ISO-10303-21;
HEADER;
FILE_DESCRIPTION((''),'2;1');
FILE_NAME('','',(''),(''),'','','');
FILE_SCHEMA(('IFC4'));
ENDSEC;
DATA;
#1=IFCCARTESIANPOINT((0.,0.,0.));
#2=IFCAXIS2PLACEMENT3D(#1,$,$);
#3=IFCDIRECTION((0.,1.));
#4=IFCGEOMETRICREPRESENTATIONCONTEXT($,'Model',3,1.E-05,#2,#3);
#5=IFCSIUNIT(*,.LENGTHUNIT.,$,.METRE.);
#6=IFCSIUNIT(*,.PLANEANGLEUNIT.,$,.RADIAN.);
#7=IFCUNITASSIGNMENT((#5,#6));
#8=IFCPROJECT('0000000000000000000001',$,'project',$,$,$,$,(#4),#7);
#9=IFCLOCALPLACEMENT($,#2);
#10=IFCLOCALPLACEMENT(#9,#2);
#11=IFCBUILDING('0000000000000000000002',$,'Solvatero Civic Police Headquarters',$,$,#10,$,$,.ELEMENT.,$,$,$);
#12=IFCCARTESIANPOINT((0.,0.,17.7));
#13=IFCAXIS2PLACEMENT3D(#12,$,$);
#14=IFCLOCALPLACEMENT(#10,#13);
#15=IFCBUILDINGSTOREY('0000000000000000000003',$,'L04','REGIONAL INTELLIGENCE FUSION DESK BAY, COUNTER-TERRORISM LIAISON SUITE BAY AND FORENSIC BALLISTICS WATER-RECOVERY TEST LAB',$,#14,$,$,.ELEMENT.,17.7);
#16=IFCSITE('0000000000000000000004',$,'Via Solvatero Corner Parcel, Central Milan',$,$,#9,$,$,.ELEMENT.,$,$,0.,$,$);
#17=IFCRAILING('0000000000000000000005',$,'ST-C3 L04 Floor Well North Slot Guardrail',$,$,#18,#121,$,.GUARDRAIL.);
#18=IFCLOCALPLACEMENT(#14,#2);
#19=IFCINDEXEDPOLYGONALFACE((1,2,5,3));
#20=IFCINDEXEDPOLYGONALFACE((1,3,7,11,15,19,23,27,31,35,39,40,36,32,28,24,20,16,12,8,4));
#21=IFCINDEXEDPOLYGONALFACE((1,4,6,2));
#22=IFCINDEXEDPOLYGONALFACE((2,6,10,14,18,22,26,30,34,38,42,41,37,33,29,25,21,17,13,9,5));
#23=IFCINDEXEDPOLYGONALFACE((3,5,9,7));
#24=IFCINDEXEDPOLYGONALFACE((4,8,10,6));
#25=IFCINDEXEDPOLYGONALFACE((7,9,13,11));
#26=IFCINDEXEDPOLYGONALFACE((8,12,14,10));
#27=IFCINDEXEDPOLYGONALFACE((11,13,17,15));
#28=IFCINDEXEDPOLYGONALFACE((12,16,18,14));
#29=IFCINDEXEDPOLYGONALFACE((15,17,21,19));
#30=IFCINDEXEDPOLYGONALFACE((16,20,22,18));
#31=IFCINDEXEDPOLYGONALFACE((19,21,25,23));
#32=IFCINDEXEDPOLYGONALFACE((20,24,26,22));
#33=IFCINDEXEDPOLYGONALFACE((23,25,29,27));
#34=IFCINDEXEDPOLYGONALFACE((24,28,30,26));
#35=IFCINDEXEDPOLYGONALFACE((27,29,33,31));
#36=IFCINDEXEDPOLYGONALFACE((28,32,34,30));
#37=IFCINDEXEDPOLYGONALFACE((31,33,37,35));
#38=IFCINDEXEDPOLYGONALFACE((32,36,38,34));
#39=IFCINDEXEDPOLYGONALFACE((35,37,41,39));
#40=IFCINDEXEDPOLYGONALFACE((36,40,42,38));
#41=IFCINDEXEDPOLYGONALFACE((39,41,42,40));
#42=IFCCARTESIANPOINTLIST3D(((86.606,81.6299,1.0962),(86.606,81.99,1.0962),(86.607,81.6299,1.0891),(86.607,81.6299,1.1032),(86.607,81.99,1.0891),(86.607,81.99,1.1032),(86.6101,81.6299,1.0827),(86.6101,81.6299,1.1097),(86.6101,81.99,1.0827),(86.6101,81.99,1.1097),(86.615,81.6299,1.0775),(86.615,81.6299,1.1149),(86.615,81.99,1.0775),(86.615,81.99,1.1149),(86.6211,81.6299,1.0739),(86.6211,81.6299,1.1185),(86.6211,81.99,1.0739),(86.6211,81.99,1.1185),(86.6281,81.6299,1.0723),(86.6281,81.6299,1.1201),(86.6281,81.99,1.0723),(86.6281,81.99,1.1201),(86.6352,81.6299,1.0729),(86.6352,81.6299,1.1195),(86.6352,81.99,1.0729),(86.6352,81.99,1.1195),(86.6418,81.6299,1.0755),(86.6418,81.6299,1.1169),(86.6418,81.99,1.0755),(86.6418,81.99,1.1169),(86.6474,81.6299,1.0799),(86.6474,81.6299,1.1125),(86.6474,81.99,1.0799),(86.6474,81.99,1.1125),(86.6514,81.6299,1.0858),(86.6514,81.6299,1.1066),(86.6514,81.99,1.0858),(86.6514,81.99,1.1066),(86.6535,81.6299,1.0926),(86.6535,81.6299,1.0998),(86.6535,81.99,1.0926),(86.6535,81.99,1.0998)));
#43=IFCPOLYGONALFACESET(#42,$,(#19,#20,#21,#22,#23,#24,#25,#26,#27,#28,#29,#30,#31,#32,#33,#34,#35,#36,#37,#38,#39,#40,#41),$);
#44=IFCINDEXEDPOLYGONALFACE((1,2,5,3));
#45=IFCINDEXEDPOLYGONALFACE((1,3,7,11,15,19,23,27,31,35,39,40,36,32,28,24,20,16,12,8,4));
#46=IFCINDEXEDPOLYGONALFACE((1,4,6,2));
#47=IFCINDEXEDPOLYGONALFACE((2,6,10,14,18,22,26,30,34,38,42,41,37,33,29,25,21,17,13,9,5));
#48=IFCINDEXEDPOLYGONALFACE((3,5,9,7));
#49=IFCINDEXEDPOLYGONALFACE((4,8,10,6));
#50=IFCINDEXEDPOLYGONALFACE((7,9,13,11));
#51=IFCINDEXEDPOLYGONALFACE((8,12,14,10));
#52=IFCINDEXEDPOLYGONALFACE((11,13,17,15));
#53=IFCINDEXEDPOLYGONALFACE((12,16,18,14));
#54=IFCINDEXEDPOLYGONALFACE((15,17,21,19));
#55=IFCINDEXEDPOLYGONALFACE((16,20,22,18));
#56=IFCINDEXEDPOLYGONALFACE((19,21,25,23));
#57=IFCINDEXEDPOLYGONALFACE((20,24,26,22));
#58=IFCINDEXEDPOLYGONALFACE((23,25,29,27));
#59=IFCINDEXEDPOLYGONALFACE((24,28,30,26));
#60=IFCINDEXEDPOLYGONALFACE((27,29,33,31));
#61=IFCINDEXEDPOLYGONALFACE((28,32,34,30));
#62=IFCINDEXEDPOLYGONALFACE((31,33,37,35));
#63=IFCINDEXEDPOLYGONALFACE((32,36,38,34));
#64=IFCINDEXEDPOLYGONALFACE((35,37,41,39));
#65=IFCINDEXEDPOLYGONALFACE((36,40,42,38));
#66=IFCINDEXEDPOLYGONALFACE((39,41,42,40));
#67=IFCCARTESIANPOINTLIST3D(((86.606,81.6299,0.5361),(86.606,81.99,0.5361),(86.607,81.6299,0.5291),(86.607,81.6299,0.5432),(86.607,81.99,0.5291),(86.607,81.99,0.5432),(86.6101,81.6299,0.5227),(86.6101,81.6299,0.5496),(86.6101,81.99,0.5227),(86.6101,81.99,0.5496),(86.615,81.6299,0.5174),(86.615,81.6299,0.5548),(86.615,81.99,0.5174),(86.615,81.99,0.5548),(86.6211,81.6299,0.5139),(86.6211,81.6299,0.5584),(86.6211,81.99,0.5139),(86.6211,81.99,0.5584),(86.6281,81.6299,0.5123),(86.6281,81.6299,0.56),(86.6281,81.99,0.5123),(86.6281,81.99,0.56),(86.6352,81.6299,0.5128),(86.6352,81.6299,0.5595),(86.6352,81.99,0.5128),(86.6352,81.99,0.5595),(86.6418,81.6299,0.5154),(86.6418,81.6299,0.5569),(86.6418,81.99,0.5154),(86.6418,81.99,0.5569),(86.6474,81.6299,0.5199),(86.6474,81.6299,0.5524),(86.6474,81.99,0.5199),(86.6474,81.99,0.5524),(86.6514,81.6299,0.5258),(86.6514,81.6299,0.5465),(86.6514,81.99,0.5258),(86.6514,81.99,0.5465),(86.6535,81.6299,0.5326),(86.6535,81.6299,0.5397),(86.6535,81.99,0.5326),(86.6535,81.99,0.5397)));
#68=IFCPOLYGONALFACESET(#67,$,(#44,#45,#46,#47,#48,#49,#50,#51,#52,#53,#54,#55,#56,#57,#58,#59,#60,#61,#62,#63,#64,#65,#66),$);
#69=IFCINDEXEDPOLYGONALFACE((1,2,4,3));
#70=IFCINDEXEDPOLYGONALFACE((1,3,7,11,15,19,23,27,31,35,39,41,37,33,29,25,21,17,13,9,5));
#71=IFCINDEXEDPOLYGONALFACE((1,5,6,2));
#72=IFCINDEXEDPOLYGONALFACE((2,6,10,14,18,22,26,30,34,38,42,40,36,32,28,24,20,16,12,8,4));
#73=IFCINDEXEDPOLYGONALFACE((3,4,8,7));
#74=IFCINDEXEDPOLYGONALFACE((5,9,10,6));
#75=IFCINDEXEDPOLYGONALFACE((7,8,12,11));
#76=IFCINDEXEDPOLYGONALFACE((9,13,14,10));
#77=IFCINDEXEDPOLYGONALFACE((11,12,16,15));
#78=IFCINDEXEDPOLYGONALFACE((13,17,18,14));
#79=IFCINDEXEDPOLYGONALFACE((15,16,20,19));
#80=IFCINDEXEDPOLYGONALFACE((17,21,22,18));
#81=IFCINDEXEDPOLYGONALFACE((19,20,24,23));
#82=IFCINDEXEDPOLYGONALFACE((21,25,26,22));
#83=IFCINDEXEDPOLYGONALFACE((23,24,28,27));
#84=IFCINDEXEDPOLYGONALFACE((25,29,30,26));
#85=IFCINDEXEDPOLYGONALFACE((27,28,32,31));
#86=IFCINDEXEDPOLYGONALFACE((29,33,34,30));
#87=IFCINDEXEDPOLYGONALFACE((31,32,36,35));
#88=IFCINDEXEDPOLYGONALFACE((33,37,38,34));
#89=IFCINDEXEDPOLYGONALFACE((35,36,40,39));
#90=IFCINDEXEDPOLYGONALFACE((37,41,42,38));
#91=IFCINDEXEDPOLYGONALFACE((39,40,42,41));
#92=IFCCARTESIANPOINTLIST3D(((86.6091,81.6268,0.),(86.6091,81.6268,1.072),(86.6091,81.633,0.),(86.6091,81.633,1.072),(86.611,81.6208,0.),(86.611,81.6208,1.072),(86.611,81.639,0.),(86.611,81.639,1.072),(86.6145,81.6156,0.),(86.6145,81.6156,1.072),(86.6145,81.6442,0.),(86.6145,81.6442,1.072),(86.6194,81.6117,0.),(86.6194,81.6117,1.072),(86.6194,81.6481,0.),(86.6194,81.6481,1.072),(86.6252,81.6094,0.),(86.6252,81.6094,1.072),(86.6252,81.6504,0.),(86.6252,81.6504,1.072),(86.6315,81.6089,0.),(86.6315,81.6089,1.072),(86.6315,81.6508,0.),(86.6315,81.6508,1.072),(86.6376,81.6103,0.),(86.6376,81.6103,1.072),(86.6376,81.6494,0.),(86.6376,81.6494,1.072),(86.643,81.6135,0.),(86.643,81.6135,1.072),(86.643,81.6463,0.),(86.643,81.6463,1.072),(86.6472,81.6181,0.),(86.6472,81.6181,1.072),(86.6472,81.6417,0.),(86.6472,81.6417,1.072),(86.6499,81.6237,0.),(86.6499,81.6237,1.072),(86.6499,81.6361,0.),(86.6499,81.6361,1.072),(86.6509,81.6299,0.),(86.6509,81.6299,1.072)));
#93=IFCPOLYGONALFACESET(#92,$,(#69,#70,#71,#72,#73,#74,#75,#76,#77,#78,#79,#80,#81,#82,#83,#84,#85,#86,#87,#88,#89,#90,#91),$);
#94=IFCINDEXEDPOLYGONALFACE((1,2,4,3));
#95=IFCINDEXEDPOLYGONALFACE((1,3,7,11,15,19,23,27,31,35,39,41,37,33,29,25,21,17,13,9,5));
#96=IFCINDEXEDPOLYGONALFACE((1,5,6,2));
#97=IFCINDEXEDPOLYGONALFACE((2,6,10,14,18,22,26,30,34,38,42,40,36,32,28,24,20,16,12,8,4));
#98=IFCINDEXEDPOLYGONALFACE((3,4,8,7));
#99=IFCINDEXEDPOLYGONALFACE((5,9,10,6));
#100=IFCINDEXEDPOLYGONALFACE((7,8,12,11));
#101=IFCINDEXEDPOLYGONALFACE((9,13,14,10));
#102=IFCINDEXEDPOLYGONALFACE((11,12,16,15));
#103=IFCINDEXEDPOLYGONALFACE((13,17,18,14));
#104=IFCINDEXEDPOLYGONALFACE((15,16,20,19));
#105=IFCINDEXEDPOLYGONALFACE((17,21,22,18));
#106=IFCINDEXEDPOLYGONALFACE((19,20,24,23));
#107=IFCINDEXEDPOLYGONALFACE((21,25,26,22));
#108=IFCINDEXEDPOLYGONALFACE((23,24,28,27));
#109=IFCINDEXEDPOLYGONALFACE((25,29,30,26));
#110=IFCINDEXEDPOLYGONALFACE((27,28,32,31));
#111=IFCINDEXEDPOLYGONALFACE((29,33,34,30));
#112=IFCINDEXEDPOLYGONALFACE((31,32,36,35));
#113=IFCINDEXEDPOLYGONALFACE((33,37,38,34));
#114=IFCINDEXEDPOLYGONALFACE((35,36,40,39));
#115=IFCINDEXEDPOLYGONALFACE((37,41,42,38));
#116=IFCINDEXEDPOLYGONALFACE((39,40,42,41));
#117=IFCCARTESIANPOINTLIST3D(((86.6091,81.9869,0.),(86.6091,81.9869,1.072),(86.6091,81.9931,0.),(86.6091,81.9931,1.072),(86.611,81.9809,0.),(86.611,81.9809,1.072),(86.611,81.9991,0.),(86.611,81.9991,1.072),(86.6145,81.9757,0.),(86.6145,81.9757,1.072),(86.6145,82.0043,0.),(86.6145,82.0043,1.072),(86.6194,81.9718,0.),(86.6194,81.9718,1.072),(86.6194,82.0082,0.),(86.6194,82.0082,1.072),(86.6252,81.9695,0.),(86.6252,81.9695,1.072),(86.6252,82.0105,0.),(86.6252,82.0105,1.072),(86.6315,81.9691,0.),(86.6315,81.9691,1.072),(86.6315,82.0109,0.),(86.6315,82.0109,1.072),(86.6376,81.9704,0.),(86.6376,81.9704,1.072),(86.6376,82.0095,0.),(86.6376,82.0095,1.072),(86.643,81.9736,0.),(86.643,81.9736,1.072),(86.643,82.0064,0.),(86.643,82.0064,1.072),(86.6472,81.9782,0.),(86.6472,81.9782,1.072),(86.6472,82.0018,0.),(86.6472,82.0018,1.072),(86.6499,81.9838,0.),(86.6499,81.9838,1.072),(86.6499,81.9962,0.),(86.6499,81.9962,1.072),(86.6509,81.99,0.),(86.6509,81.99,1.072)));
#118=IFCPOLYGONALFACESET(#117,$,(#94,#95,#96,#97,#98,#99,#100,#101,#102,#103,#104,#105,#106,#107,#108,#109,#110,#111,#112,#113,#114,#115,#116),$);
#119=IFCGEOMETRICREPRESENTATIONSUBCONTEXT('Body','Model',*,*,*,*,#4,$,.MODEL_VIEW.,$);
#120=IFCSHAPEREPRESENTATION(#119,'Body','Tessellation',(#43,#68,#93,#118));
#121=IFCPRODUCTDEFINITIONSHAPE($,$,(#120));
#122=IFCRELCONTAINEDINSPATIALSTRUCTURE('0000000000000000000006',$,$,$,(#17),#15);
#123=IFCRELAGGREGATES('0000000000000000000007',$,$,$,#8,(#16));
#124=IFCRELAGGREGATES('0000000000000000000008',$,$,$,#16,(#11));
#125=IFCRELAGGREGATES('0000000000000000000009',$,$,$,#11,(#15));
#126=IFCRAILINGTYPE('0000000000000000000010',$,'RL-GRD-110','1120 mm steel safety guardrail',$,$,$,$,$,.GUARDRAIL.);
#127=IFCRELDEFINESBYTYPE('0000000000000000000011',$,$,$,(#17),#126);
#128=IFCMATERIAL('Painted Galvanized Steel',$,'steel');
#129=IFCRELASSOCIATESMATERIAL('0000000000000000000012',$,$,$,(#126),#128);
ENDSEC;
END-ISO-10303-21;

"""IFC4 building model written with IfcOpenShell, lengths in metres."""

from ifc_helpers import new_model, si_unit, direction, frame, origin, origin_2d, place, context, subcontext, project, spatial, circle, extrude, material, type_object, element, save


model = new_model("IFC4")

# Units and contexts
model_context = context("Model", 3, precision=1e-05, world=origin(), true_north=direction((0.0, 1.0)))
body_context = subcontext(model_context, "Body", "Model", "MODEL_VIEW")
ifc_project = project(units=[si_unit("LENGTHUNIT", "METRE"), si_unit("PLANEANGLEUNIT", "RADIAN")], contexts=[model_context])

# Site, building, storey
site_placement = place(None, origin())
site = spatial("IfcSite", under=ifc_project, at=site_placement, Name="Via Solvatero Corner Parcel, Central Milan", CompositionType="ELEMENT", RefElevation=0.0)
building_placement = place(site_placement, origin())
building = spatial("IfcBuilding", under=site, at=building_placement, Name="Solvatero Civic Police Headquarters", CompositionType="ELEMENT")
storey_placement = place(building_placement, frame((0.0, 0.0, 17.7)))
storey = spatial("IfcBuildingStorey", under=building, at=storey_placement, Name="L04", Description="REGIONAL INTELLIGENCE FUSION DESK BAY, COUNTER-TERRORISM LIAISON SUITE BAY AND FORENSIC BALLISTICS WATER-RECOVERY TEST LAB", CompositionType="ELEMENT", Elevation=17.7)

# Railing
ifc_material_1 = material(Name="Painted Galvanized Steel", Category="steel")
railing_type_1 = type_object("IfcRailingType", Name="RL-GRD-110", Description="1120 mm steel safety guardrail", PredefinedType="GUARDRAIL", material=ifc_material_1)
railing_1_placement = place(storey_placement, frame((86.6299, 81.6299, 0.0)))
element("IfcRailing", 1, at=railing_1_placement, inside=storey, type_object=railing_type_1, Name="ST-C3 L04 Floor Well North Slot Guardrail", PredefinedType="GUARDRAIL", context=body_context, shape_type="SweptSolid", body=[
    extrude(circle(Radius=0.0239, at=origin_2d()), frame((0.0, 0.0, 1.0962), z_axis=(0.0, 1.0, 0.0), x_axis=(-1.0, 0.0, 0.0)), (0.0, 0.0, 1.0), 0.3601),
    extrude(circle(Radius=0.0239, at=origin_2d()), frame((0.0, 0.0, 0.5361), z_axis=(0.0, 1.0, 0.0), x_axis=(-1.0, 0.0, 0.0)), (0.0, 0.0, 1.0), 0.3601),
    extrude(circle(Radius=0.021, at=origin_2d()), origin(), (0.0, 0.0, 1.0), 1.072),
    extrude(circle(Radius=0.021, at=origin_2d()), frame((0.0, 0.3601, 0.0)), (0.0, 0.0, 1.0), 1.072),
])

save(model, "model.ifc")
